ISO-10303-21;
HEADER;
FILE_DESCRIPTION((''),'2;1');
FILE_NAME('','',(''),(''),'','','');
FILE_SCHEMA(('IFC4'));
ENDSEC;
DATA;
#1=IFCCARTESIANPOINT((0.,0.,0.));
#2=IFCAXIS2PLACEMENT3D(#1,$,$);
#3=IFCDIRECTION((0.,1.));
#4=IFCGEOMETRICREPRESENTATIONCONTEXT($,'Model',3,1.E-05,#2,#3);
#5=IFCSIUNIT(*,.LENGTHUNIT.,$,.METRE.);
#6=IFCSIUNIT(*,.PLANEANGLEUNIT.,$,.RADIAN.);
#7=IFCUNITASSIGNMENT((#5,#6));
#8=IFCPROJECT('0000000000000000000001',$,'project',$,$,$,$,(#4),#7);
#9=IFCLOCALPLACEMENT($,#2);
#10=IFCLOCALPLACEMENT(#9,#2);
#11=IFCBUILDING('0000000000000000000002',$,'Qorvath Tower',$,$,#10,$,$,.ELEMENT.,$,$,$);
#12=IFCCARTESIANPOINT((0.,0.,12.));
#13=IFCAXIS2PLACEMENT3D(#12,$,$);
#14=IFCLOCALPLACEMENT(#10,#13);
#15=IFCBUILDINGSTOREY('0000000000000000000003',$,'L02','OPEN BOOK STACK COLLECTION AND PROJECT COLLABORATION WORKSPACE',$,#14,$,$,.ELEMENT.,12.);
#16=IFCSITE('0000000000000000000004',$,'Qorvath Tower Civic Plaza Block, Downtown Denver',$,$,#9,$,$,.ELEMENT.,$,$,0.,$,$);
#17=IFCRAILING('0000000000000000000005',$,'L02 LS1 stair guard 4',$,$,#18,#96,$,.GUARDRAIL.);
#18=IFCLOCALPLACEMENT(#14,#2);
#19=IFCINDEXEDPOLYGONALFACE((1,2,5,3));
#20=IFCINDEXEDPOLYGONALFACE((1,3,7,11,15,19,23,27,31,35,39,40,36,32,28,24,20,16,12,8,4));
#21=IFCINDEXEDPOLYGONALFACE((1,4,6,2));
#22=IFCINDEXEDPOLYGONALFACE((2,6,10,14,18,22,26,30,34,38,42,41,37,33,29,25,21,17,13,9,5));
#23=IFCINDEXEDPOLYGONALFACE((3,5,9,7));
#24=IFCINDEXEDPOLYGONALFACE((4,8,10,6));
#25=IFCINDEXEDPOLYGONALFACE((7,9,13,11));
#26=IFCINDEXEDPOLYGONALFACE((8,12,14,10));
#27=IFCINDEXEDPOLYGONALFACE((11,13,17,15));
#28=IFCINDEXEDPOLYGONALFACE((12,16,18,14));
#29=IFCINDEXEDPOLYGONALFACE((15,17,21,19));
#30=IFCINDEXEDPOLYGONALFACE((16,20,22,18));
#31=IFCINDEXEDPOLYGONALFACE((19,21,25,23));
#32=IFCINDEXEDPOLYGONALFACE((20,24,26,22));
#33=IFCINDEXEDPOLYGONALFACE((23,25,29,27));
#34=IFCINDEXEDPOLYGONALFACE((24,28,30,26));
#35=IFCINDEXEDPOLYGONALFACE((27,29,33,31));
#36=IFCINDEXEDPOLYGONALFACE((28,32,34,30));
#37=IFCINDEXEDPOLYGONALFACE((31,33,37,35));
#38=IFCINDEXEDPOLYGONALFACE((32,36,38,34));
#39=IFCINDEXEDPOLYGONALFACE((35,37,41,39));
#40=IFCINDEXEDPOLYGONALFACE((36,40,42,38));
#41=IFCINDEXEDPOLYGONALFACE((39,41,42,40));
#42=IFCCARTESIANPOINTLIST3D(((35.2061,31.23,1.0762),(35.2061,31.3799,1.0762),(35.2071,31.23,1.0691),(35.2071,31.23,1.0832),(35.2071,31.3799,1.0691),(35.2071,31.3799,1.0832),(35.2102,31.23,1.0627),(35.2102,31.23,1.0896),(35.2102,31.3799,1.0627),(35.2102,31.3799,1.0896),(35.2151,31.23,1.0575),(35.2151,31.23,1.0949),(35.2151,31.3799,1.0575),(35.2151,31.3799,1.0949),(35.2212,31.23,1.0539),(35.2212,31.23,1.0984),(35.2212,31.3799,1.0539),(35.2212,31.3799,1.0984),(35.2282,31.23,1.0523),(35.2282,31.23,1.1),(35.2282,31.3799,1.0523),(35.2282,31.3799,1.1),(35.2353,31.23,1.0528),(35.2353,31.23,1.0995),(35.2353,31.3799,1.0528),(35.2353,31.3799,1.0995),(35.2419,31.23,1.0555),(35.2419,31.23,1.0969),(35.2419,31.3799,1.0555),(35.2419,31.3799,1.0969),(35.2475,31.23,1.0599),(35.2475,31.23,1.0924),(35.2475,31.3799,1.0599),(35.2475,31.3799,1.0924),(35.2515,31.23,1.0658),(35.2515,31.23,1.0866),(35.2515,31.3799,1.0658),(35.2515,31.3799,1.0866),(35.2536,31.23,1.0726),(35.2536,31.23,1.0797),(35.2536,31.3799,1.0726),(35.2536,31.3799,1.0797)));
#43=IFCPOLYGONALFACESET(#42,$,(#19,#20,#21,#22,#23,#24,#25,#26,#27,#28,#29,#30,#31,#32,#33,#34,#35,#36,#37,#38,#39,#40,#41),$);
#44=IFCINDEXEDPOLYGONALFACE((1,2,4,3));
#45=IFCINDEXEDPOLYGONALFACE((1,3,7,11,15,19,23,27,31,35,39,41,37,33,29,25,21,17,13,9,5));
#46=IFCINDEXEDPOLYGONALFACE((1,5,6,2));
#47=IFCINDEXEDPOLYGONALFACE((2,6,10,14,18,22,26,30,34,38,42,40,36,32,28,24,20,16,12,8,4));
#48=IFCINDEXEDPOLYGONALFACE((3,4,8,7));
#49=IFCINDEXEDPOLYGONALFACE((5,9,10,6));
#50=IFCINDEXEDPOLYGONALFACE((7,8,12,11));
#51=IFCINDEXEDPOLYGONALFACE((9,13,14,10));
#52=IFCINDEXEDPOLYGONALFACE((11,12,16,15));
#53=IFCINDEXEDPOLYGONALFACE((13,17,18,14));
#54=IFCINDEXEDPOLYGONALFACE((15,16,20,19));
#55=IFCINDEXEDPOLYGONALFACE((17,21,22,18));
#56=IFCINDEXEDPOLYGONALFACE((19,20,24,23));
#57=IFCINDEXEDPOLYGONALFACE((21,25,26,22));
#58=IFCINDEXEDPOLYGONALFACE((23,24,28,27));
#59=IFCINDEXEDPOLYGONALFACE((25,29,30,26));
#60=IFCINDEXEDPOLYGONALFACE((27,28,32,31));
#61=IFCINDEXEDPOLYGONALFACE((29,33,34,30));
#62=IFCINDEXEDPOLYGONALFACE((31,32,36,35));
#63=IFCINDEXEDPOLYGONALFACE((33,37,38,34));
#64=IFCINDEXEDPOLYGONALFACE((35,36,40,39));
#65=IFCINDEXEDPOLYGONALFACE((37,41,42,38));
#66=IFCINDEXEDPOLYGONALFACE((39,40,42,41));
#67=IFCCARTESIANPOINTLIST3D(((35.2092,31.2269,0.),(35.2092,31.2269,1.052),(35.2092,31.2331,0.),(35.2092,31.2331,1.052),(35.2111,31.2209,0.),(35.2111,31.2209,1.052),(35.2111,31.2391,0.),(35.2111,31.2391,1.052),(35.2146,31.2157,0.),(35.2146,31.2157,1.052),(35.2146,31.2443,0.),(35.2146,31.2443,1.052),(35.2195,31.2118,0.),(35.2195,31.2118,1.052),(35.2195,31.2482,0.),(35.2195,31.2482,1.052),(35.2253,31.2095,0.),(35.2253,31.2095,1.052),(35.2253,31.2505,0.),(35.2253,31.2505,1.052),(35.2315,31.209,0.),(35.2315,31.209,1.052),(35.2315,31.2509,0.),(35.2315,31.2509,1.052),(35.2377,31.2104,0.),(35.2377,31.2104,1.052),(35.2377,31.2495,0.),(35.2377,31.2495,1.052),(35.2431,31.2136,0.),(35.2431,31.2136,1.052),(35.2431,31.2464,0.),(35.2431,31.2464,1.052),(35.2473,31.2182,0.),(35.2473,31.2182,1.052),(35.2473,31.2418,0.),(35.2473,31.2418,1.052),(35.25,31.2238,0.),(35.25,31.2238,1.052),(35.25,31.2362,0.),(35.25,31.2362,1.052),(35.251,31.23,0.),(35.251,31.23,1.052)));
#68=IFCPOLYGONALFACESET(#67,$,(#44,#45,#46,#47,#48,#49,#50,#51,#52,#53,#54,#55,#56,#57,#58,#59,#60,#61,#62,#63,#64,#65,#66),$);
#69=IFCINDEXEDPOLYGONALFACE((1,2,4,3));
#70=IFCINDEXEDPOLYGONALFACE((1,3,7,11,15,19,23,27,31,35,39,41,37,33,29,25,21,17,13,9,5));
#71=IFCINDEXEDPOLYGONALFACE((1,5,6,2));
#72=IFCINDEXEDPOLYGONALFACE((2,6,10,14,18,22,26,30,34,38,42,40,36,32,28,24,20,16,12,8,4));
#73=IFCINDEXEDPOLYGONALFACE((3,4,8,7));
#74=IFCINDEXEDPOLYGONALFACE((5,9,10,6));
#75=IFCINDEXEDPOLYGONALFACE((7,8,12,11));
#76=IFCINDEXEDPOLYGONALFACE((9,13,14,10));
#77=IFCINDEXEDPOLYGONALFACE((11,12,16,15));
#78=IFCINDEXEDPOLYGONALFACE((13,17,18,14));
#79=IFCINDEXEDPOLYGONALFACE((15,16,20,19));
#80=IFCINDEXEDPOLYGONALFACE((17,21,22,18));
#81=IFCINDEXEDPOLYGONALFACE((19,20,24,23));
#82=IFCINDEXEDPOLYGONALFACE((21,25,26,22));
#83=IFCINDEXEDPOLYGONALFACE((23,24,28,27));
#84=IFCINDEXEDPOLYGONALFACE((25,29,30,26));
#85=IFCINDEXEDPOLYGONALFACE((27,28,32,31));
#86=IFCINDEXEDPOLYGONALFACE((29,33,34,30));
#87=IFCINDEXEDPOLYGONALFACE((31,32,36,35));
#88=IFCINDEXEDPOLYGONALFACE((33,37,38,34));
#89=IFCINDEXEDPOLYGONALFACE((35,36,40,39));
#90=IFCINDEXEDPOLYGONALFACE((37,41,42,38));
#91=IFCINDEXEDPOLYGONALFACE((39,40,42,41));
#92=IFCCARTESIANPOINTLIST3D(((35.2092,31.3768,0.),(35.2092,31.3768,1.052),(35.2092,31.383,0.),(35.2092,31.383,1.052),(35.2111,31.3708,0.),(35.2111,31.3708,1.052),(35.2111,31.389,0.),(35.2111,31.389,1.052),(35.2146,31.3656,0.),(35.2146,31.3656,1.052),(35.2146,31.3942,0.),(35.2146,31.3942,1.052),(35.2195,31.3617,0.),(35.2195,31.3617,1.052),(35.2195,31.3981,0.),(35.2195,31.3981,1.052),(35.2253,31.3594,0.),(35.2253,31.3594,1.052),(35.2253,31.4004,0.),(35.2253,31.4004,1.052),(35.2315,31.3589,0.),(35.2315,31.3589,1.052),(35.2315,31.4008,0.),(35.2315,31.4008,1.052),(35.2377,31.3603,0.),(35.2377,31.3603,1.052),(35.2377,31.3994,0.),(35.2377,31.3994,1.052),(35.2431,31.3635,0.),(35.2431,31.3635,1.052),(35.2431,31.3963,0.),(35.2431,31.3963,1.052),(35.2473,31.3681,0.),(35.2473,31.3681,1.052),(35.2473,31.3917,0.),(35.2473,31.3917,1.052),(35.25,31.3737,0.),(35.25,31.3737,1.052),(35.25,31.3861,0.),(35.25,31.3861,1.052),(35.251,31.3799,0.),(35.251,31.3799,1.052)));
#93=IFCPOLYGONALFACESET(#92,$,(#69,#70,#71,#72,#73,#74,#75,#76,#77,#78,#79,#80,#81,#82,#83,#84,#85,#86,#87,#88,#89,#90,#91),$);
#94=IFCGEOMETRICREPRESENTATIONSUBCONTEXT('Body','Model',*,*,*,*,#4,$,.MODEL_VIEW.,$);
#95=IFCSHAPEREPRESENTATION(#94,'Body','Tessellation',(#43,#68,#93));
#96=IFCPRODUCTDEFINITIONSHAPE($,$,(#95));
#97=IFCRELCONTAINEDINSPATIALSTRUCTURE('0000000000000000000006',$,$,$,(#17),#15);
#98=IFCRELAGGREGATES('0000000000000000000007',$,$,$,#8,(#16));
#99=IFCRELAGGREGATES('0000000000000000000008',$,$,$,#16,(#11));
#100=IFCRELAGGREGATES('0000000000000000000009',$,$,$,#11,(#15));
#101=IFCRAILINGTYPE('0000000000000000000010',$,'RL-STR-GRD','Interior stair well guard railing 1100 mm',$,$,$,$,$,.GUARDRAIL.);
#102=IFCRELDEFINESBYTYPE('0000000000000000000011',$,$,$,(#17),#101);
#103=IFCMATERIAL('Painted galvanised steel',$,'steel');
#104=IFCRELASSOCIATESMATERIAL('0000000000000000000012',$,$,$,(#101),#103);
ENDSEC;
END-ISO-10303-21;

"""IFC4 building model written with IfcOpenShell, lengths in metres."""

from ifc_helpers import new_model, si_unit, direction, frame, origin, origin_2d, place, context, subcontext, project, spatial, circle, extrude, material, type_object, element, save


model = new_model("IFC4")

# Units and contexts
model_context = context("Model", 3, precision=1e-05, world=origin(), true_north=direction((0.0, 1.0)))
body_context = subcontext(model_context, "Body", "Model", "MODEL_VIEW")
ifc_project = project(units=[si_unit("LENGTHUNIT", "METRE"), si_unit("PLANEANGLEUNIT", "RADIAN")], contexts=[model_context])

# Site, building, storey
site_placement = place(None, origin())
site = spatial("IfcSite", under=ifc_project, at=site_placement, Name="Qorvath Tower Civic Plaza Block, Downtown Denver", CompositionType="ELEMENT", RefElevation=0.0)
building_placement = place(site_placement, origin())
building = spatial("IfcBuilding", under=site, at=building_placement, Name="Qorvath Tower", CompositionType="ELEMENT")
storey_placement = place(building_placement, frame((0.0, 0.0, 12.0)))
storey = spatial("IfcBuildingStorey", under=building, at=storey_placement, Name="L02", Description="OPEN BOOK STACK COLLECTION AND PROJECT COLLABORATION WORKSPACE", CompositionType="ELEMENT", Elevation=12.0)

# Railing
ifc_material_1 = material(Name="Painted galvanised steel", Category="steel")
railing_type_1 = type_object("IfcRailingType", Name="RL-STR-GRD", Description="Interior stair well guard railing 1100 mm", PredefinedType="GUARDRAIL", material=ifc_material_1)
railing_1_placement = place(storey_placement, frame((35.23, 31.23, 0.0)))
element("IfcRailing", 1, at=railing_1_placement, inside=storey, type_object=railing_type_1, Name="L02 LS1 stair guard 4", PredefinedType="GUARDRAIL", context=body_context, shape_type="SweptSolid", body=[
    extrude(circle(Radius=0.0239, at=origin_2d()), frame((0.0, 0.0, 1.0762), z_axis=(0.0, 1.0, 0.0), x_axis=(-1.0, 0.0, 0.0)), (0.0, 0.0, 1.0), 0.1499),
    extrude(circle(Radius=0.021, at=origin_2d()), origin(), (0.0, 0.0, 1.0), 1.052),
    extrude(circle(Radius=0.021, at=origin_2d()), frame((0.0, 0.1499, 0.0)), (0.0, 0.0, 1.0), 1.052),
])

save(model, "model.ifc")
